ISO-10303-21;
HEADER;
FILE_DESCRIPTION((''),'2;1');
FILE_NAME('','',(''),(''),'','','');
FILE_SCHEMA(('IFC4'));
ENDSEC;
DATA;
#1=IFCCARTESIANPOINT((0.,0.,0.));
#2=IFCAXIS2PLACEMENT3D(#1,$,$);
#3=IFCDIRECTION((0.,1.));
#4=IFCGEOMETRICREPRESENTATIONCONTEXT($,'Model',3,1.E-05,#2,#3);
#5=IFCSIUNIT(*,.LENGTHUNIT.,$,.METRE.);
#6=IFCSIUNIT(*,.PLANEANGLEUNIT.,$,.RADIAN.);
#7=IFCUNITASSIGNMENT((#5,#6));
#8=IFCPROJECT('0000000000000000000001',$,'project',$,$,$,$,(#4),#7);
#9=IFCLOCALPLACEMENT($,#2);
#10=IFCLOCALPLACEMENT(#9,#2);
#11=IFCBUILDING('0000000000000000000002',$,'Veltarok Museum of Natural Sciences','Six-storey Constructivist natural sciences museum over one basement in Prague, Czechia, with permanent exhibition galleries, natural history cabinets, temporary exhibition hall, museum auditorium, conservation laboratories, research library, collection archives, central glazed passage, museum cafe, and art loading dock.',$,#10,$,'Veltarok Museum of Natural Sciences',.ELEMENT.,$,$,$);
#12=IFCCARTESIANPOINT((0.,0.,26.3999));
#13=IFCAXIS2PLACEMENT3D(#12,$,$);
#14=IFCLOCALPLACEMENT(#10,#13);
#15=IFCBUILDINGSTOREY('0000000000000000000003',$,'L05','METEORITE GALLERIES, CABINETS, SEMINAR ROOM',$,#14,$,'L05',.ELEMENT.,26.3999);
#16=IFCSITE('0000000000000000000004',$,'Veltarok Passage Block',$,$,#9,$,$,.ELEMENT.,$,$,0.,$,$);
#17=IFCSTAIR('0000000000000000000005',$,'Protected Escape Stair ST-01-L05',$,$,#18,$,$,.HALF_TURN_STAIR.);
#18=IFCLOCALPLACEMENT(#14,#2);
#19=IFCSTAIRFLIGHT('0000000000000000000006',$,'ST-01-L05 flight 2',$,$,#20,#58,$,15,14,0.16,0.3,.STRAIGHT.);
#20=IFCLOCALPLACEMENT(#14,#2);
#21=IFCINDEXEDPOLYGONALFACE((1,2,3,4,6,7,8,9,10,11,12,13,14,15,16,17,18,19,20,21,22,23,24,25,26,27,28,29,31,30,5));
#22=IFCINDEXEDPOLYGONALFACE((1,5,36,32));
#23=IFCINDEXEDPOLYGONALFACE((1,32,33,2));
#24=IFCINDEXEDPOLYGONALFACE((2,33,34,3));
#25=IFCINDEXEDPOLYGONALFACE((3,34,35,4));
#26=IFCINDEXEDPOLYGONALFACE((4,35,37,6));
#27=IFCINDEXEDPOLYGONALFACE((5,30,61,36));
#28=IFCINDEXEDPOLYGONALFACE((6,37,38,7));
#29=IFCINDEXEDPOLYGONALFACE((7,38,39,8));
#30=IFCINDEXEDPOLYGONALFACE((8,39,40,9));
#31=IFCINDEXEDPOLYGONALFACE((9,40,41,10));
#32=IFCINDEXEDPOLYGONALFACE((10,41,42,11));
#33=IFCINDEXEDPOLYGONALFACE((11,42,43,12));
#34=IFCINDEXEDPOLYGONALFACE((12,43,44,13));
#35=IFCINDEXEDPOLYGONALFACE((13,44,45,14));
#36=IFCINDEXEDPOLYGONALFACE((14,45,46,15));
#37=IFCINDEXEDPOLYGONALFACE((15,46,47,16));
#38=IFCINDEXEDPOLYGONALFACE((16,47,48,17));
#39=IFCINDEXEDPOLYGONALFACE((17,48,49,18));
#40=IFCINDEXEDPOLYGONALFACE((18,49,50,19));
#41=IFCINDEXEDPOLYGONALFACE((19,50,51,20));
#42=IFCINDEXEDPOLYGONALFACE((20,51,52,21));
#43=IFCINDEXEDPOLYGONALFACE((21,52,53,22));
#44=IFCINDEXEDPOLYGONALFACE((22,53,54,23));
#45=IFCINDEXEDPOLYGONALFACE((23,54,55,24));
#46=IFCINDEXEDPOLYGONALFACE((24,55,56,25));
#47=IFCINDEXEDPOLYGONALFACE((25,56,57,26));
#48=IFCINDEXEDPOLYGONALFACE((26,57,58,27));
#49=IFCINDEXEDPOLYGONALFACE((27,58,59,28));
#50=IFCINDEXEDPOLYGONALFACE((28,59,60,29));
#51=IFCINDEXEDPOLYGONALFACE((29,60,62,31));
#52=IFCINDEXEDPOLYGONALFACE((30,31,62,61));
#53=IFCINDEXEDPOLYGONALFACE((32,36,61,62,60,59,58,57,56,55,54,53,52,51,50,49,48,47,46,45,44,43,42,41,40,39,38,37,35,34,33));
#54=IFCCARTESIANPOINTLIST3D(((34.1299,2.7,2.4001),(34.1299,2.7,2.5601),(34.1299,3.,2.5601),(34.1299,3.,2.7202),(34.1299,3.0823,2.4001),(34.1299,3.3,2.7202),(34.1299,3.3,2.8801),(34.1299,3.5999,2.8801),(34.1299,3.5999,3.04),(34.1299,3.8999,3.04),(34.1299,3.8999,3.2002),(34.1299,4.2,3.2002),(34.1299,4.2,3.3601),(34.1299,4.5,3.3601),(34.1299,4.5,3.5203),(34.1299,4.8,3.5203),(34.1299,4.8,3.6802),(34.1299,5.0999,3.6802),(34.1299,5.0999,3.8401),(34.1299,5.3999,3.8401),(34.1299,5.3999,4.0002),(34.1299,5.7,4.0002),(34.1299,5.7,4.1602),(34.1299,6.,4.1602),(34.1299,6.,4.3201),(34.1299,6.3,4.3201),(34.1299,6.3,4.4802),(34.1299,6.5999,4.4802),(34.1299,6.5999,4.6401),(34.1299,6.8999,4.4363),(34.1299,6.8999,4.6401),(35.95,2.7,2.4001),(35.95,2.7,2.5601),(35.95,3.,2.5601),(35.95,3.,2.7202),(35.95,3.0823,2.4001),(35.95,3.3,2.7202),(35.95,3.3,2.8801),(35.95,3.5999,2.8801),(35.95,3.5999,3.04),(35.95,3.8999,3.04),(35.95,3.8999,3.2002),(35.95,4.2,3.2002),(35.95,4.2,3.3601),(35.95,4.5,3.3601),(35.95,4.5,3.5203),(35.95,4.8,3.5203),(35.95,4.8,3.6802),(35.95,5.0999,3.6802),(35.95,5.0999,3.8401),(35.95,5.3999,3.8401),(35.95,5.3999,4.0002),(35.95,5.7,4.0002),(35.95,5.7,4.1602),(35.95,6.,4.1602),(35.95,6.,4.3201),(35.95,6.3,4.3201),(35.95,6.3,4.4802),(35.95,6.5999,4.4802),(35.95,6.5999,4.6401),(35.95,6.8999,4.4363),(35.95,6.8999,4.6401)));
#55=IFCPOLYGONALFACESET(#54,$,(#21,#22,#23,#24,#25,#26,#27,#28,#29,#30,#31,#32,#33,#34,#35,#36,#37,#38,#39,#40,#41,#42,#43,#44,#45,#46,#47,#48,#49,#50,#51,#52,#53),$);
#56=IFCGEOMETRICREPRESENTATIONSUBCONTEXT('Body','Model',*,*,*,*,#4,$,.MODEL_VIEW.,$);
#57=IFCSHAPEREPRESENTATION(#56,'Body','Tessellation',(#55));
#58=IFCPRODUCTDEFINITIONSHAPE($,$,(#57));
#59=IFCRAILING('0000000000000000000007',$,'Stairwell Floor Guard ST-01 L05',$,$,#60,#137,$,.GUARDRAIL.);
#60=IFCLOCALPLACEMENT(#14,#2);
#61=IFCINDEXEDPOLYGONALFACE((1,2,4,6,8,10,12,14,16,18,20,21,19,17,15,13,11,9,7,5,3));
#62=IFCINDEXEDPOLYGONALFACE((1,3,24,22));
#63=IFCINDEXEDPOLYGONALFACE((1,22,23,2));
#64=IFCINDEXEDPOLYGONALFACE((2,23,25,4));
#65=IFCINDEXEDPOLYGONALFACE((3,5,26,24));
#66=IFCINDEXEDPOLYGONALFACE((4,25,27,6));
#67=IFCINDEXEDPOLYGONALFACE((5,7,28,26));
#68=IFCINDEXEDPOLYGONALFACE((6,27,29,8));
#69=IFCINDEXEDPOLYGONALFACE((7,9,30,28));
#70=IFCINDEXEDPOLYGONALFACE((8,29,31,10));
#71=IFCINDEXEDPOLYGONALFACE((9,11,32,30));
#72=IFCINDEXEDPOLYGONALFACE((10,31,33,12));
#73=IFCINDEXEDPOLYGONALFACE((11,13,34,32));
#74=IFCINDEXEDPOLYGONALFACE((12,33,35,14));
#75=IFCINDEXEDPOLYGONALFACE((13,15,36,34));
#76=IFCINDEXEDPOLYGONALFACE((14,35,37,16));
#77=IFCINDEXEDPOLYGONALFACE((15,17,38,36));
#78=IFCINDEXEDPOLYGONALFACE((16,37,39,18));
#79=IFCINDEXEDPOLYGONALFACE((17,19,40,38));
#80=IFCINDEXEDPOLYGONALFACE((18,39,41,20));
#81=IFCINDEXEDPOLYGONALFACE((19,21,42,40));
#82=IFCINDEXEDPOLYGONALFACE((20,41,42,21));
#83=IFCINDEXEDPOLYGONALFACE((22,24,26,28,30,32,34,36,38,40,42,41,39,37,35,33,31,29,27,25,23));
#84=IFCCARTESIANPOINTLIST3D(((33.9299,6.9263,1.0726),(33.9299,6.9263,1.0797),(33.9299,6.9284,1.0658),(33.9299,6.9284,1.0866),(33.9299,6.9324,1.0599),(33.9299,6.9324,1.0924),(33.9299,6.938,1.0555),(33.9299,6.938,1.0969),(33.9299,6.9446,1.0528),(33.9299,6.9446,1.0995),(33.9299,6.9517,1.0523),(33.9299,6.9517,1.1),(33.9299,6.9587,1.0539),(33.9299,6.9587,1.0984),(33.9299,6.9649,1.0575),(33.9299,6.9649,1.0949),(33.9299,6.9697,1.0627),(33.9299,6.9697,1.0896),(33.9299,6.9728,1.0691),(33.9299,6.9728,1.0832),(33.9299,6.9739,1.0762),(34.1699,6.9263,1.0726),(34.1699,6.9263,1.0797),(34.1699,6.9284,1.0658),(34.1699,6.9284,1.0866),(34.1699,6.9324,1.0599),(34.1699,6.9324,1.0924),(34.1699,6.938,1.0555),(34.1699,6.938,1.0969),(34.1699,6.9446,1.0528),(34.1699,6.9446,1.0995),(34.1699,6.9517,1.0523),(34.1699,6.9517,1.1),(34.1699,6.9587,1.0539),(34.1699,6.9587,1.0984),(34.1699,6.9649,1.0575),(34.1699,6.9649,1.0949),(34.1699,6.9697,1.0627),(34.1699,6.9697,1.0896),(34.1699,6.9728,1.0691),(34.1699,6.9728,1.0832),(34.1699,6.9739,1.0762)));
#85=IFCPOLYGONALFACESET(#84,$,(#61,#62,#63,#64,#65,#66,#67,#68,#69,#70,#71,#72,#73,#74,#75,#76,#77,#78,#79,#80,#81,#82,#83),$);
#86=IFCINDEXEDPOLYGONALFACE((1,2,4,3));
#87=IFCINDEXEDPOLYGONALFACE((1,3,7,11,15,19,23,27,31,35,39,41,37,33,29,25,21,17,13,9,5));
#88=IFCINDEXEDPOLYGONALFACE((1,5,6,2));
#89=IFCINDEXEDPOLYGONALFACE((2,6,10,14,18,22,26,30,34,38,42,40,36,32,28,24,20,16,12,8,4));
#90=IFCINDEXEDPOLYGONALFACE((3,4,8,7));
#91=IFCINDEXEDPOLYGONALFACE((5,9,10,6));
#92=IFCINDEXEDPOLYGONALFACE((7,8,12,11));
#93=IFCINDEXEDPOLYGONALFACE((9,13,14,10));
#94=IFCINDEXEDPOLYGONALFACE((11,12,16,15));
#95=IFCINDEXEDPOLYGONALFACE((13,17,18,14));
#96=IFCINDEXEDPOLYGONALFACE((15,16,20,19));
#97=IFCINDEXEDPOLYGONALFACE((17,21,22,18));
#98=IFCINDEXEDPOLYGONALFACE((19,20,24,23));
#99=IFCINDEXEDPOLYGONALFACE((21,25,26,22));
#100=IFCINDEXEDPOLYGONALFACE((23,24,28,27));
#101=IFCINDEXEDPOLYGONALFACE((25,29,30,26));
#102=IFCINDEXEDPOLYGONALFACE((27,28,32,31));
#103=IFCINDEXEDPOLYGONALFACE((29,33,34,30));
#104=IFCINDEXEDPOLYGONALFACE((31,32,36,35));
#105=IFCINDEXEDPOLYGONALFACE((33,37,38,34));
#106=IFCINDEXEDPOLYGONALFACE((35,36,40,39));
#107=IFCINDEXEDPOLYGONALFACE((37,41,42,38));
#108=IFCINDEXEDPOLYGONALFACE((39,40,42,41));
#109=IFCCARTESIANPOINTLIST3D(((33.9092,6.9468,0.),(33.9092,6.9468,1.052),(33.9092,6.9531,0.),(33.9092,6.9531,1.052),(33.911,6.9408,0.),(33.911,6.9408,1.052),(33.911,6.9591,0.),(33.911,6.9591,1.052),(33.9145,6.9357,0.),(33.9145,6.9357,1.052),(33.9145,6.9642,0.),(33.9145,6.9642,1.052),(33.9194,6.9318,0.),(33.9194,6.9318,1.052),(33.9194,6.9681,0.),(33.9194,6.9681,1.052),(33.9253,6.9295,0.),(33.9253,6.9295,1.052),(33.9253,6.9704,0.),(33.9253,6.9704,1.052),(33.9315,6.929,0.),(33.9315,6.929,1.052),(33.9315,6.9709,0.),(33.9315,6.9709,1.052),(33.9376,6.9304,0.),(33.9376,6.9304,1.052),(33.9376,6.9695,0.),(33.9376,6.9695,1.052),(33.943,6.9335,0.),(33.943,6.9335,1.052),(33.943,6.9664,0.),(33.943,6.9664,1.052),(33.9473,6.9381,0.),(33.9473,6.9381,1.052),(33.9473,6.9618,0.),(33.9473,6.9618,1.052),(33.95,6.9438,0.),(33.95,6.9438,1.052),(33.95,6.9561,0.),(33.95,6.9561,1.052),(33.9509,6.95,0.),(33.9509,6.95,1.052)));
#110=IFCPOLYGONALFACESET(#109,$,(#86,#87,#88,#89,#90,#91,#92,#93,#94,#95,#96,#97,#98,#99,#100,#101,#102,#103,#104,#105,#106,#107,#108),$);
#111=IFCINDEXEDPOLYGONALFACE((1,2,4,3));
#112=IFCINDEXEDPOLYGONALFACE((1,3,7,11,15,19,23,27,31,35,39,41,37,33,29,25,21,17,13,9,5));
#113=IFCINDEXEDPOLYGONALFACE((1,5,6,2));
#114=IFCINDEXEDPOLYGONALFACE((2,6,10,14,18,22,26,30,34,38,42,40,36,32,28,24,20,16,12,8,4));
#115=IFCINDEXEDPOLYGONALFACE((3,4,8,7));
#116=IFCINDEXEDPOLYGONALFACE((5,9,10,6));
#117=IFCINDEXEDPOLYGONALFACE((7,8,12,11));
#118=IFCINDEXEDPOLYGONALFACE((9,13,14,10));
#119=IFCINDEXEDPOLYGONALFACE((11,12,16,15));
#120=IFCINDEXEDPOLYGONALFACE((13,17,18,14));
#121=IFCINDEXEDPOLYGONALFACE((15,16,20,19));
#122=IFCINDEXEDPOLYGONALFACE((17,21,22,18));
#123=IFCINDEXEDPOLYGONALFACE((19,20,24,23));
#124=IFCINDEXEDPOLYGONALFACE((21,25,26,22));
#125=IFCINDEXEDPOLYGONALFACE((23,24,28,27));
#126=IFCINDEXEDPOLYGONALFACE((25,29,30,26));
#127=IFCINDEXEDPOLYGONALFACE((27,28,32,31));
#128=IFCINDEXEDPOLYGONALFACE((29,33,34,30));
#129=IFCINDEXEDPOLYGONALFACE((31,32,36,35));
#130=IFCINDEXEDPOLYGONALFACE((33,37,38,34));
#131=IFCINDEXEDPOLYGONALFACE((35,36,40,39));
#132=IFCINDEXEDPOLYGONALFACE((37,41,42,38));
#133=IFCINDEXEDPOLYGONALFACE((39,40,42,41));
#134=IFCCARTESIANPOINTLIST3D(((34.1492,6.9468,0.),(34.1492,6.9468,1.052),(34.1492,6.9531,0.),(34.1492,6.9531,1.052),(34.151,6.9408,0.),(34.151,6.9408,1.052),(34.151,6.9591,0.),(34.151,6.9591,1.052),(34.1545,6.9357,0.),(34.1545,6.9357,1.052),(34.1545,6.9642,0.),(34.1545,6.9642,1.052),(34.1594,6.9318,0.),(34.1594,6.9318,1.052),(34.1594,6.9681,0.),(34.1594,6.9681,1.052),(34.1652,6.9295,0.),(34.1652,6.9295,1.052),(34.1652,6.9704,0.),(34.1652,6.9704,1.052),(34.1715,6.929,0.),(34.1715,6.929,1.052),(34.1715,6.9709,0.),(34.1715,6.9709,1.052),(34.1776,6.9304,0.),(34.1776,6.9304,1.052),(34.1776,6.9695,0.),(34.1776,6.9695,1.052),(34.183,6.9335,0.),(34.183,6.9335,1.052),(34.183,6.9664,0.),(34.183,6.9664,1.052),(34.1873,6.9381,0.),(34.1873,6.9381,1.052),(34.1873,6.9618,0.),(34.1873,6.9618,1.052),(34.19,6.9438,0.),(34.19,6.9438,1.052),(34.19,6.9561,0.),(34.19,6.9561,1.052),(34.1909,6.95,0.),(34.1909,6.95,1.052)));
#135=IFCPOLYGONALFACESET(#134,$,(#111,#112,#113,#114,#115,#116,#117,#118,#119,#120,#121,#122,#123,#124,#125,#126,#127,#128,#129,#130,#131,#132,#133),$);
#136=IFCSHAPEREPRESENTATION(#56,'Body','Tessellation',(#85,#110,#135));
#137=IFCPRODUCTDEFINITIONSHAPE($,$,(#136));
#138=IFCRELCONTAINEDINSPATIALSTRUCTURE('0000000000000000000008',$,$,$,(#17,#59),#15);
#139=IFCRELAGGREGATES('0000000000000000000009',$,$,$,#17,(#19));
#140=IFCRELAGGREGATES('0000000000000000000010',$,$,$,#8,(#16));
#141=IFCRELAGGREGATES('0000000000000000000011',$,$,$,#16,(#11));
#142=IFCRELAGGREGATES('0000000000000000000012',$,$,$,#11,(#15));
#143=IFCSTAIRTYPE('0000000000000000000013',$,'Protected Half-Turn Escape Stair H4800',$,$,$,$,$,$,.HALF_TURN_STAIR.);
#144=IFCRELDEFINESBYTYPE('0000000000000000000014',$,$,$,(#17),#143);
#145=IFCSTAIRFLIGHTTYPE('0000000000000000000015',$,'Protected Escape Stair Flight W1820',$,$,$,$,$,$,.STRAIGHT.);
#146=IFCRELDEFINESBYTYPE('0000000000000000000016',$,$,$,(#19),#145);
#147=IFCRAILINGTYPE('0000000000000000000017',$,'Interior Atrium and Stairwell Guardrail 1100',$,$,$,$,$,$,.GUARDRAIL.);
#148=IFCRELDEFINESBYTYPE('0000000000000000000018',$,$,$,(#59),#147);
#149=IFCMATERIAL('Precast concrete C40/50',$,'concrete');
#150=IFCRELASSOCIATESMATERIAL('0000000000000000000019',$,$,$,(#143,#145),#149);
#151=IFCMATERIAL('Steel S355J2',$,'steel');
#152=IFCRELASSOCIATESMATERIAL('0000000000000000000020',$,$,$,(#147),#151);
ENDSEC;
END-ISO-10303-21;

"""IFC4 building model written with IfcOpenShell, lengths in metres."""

from ifc_helpers import new_model, si_unit, direction, frame, origin, origin_2d, place, context, subcontext, project, spatial, polyline, circle, outline, extrude, material, type_object, element, aggregate, save


model = new_model("IFC4")

# Units and contexts
model_context = context("Model", 3, precision=1e-05, world=origin(), true_north=direction((0.0, 1.0)))
body_context = subcontext(model_context, "Body", "Model", "MODEL_VIEW")
ifc_project = project(units=[si_unit("LENGTHUNIT", "METRE"), si_unit("PLANEANGLEUNIT", "RADIAN")], contexts=[model_context])

# Site, building, storey
site_placement = place(None, origin())
site = spatial("IfcSite", under=ifc_project, at=site_placement, Name="Veltarok Passage Block", CompositionType="ELEMENT", RefElevation=0.0)
building_placement = place(site_placement, origin())
building = spatial("IfcBuilding", under=site, at=building_placement, Name="Veltarok Museum of Natural Sciences", Description="Six-storey Constructivist natural sciences museum over one basement in Prague, Czechia, with permanent exhibition galleries, natural history cabinets, temporary exhibition hall, museum auditorium, conservation laboratories, research library, collection archives, central glazed passage, museum cafe, and art loading dock.", LongName="Veltarok Museum of Natural Sciences", CompositionType="ELEMENT")
storey_placement = place(building_placement, frame((0.0, 0.0, 26.3999)))
storey = spatial("IfcBuildingStorey", under=building, at=storey_placement, Name="L05", Description="METEORITE GALLERIES, CABINETS, SEMINAR ROOM", LongName="L05", CompositionType="ELEMENT", Elevation=26.3999)

# Shared definitions
ifc_material_1 = material(Name="Steel S355J2", Category="steel")

# Stair, stair flight
ifc_material_2 = material(Name="Precast concrete C40/50", Category="concrete")
stair_type = type_object("IfcStairType", Name="Protected Half-Turn Escape Stair H4800", PredefinedType="HALF_TURN_STAIR", material=ifc_material_2)
stair_placement = place(storey_placement, origin())
stair = element("IfcStair", 1, at=stair_placement, inside=storey, type_object=stair_type, Name="Protected Escape Stair ST-01-L05", PredefinedType="HALF_TURN_STAIR")
stair_flight_type = type_object("IfcStairFlightType", Name="Protected Escape Stair Flight W1820", PredefinedType="STRAIGHT", material=ifc_material_2)
stair_flight_placement = place(storey_placement, frame((35.04, 2.7, 2.4001), z_axis=(0.0, 0.0, 1.0), x_axis=(0.0, 1.0, 0.0)))
stair_flight = element("IfcStairFlight", 2, at=stair_flight_placement, type_object=stair_flight_type, Name="ST-01-L05 flight 2", NumberOfRisers=15, NumberOfTreads=14, PredefinedType="STRAIGHT", RiserHeight=0.16, TreadLength=0.3, context=body_context, shape_type="SweptSolid", body=[
    extrude(outline(polyline([(0.0, 0.0), (0.0, 0.1599), (0.3, 0.1599), (0.3, 0.3201), (0.6001, 0.3201), (0.6001, 0.48), (0.8999, 0.48), (0.8999, 0.6399), (1.2, 0.6399), (1.2, 0.8), (1.5, 0.8), (1.5, 0.96), (1.8, 0.96), (1.8, 1.1201), (2.1001, 1.1201), (2.1001, 1.28), (2.3999, 1.28), (2.3999, 1.4399), (2.7, 1.4399), (2.7, 1.6001), (3.0, 1.6001), (3.0, 1.76), (3.3, 1.76), (3.3, 1.9199), (3.6001, 1.9199), (3.6001, 2.0801), (3.8999, 2.0801), (3.8999, 2.24), (4.2, 2.24), (4.2, 2.3999), (4.2, 2.0361), (0.3823, 0.0), (0.0, 0.0)])), frame((0.0, 0.9102, 0.0), z_axis=(0.0, -1.0, 0.0), x_axis=(1.0, 0.0, 0.0)), (0.0, 0.0, 1.0), 1.8201),
])
aggregate(stair, [stair_flight])

# Railing
railing_type_1 = type_object("IfcRailingType", Name="Interior Atrium and Stairwell Guardrail 1100", PredefinedType="GUARDRAIL", material=ifc_material_1)
for number, where, name in (
    (3, (33.9299, 6.95, 0.0), "Stairwell Floor Guard ST-01 L05"),
):
    element("IfcRailing", number, at=place(storey_placement, frame(where)), inside=storey, type_object=railing_type_1, Name=name, PredefinedType="GUARDRAIL", context=body_context, shape_type="SweptSolid", body=[
        extrude(circle(Radius=0.0239, at=origin_2d()), frame((0.0, 0.0, 1.0762), z_axis=(1.0, 0.0, 0.0), x_axis=(0.0, 1.0, 0.0)), (0.0, 0.0, 1.0), 0.24),
        extrude(circle(Radius=0.021, at=origin_2d()), origin(), (0.0, 0.0, 1.0), 1.052),
        extrude(circle(Radius=0.021, at=origin_2d()), frame((0.24, 0.0, 0.0)), (0.0, 0.0, 1.0), 1.052),
    ])

save(model, "model.ifc")
